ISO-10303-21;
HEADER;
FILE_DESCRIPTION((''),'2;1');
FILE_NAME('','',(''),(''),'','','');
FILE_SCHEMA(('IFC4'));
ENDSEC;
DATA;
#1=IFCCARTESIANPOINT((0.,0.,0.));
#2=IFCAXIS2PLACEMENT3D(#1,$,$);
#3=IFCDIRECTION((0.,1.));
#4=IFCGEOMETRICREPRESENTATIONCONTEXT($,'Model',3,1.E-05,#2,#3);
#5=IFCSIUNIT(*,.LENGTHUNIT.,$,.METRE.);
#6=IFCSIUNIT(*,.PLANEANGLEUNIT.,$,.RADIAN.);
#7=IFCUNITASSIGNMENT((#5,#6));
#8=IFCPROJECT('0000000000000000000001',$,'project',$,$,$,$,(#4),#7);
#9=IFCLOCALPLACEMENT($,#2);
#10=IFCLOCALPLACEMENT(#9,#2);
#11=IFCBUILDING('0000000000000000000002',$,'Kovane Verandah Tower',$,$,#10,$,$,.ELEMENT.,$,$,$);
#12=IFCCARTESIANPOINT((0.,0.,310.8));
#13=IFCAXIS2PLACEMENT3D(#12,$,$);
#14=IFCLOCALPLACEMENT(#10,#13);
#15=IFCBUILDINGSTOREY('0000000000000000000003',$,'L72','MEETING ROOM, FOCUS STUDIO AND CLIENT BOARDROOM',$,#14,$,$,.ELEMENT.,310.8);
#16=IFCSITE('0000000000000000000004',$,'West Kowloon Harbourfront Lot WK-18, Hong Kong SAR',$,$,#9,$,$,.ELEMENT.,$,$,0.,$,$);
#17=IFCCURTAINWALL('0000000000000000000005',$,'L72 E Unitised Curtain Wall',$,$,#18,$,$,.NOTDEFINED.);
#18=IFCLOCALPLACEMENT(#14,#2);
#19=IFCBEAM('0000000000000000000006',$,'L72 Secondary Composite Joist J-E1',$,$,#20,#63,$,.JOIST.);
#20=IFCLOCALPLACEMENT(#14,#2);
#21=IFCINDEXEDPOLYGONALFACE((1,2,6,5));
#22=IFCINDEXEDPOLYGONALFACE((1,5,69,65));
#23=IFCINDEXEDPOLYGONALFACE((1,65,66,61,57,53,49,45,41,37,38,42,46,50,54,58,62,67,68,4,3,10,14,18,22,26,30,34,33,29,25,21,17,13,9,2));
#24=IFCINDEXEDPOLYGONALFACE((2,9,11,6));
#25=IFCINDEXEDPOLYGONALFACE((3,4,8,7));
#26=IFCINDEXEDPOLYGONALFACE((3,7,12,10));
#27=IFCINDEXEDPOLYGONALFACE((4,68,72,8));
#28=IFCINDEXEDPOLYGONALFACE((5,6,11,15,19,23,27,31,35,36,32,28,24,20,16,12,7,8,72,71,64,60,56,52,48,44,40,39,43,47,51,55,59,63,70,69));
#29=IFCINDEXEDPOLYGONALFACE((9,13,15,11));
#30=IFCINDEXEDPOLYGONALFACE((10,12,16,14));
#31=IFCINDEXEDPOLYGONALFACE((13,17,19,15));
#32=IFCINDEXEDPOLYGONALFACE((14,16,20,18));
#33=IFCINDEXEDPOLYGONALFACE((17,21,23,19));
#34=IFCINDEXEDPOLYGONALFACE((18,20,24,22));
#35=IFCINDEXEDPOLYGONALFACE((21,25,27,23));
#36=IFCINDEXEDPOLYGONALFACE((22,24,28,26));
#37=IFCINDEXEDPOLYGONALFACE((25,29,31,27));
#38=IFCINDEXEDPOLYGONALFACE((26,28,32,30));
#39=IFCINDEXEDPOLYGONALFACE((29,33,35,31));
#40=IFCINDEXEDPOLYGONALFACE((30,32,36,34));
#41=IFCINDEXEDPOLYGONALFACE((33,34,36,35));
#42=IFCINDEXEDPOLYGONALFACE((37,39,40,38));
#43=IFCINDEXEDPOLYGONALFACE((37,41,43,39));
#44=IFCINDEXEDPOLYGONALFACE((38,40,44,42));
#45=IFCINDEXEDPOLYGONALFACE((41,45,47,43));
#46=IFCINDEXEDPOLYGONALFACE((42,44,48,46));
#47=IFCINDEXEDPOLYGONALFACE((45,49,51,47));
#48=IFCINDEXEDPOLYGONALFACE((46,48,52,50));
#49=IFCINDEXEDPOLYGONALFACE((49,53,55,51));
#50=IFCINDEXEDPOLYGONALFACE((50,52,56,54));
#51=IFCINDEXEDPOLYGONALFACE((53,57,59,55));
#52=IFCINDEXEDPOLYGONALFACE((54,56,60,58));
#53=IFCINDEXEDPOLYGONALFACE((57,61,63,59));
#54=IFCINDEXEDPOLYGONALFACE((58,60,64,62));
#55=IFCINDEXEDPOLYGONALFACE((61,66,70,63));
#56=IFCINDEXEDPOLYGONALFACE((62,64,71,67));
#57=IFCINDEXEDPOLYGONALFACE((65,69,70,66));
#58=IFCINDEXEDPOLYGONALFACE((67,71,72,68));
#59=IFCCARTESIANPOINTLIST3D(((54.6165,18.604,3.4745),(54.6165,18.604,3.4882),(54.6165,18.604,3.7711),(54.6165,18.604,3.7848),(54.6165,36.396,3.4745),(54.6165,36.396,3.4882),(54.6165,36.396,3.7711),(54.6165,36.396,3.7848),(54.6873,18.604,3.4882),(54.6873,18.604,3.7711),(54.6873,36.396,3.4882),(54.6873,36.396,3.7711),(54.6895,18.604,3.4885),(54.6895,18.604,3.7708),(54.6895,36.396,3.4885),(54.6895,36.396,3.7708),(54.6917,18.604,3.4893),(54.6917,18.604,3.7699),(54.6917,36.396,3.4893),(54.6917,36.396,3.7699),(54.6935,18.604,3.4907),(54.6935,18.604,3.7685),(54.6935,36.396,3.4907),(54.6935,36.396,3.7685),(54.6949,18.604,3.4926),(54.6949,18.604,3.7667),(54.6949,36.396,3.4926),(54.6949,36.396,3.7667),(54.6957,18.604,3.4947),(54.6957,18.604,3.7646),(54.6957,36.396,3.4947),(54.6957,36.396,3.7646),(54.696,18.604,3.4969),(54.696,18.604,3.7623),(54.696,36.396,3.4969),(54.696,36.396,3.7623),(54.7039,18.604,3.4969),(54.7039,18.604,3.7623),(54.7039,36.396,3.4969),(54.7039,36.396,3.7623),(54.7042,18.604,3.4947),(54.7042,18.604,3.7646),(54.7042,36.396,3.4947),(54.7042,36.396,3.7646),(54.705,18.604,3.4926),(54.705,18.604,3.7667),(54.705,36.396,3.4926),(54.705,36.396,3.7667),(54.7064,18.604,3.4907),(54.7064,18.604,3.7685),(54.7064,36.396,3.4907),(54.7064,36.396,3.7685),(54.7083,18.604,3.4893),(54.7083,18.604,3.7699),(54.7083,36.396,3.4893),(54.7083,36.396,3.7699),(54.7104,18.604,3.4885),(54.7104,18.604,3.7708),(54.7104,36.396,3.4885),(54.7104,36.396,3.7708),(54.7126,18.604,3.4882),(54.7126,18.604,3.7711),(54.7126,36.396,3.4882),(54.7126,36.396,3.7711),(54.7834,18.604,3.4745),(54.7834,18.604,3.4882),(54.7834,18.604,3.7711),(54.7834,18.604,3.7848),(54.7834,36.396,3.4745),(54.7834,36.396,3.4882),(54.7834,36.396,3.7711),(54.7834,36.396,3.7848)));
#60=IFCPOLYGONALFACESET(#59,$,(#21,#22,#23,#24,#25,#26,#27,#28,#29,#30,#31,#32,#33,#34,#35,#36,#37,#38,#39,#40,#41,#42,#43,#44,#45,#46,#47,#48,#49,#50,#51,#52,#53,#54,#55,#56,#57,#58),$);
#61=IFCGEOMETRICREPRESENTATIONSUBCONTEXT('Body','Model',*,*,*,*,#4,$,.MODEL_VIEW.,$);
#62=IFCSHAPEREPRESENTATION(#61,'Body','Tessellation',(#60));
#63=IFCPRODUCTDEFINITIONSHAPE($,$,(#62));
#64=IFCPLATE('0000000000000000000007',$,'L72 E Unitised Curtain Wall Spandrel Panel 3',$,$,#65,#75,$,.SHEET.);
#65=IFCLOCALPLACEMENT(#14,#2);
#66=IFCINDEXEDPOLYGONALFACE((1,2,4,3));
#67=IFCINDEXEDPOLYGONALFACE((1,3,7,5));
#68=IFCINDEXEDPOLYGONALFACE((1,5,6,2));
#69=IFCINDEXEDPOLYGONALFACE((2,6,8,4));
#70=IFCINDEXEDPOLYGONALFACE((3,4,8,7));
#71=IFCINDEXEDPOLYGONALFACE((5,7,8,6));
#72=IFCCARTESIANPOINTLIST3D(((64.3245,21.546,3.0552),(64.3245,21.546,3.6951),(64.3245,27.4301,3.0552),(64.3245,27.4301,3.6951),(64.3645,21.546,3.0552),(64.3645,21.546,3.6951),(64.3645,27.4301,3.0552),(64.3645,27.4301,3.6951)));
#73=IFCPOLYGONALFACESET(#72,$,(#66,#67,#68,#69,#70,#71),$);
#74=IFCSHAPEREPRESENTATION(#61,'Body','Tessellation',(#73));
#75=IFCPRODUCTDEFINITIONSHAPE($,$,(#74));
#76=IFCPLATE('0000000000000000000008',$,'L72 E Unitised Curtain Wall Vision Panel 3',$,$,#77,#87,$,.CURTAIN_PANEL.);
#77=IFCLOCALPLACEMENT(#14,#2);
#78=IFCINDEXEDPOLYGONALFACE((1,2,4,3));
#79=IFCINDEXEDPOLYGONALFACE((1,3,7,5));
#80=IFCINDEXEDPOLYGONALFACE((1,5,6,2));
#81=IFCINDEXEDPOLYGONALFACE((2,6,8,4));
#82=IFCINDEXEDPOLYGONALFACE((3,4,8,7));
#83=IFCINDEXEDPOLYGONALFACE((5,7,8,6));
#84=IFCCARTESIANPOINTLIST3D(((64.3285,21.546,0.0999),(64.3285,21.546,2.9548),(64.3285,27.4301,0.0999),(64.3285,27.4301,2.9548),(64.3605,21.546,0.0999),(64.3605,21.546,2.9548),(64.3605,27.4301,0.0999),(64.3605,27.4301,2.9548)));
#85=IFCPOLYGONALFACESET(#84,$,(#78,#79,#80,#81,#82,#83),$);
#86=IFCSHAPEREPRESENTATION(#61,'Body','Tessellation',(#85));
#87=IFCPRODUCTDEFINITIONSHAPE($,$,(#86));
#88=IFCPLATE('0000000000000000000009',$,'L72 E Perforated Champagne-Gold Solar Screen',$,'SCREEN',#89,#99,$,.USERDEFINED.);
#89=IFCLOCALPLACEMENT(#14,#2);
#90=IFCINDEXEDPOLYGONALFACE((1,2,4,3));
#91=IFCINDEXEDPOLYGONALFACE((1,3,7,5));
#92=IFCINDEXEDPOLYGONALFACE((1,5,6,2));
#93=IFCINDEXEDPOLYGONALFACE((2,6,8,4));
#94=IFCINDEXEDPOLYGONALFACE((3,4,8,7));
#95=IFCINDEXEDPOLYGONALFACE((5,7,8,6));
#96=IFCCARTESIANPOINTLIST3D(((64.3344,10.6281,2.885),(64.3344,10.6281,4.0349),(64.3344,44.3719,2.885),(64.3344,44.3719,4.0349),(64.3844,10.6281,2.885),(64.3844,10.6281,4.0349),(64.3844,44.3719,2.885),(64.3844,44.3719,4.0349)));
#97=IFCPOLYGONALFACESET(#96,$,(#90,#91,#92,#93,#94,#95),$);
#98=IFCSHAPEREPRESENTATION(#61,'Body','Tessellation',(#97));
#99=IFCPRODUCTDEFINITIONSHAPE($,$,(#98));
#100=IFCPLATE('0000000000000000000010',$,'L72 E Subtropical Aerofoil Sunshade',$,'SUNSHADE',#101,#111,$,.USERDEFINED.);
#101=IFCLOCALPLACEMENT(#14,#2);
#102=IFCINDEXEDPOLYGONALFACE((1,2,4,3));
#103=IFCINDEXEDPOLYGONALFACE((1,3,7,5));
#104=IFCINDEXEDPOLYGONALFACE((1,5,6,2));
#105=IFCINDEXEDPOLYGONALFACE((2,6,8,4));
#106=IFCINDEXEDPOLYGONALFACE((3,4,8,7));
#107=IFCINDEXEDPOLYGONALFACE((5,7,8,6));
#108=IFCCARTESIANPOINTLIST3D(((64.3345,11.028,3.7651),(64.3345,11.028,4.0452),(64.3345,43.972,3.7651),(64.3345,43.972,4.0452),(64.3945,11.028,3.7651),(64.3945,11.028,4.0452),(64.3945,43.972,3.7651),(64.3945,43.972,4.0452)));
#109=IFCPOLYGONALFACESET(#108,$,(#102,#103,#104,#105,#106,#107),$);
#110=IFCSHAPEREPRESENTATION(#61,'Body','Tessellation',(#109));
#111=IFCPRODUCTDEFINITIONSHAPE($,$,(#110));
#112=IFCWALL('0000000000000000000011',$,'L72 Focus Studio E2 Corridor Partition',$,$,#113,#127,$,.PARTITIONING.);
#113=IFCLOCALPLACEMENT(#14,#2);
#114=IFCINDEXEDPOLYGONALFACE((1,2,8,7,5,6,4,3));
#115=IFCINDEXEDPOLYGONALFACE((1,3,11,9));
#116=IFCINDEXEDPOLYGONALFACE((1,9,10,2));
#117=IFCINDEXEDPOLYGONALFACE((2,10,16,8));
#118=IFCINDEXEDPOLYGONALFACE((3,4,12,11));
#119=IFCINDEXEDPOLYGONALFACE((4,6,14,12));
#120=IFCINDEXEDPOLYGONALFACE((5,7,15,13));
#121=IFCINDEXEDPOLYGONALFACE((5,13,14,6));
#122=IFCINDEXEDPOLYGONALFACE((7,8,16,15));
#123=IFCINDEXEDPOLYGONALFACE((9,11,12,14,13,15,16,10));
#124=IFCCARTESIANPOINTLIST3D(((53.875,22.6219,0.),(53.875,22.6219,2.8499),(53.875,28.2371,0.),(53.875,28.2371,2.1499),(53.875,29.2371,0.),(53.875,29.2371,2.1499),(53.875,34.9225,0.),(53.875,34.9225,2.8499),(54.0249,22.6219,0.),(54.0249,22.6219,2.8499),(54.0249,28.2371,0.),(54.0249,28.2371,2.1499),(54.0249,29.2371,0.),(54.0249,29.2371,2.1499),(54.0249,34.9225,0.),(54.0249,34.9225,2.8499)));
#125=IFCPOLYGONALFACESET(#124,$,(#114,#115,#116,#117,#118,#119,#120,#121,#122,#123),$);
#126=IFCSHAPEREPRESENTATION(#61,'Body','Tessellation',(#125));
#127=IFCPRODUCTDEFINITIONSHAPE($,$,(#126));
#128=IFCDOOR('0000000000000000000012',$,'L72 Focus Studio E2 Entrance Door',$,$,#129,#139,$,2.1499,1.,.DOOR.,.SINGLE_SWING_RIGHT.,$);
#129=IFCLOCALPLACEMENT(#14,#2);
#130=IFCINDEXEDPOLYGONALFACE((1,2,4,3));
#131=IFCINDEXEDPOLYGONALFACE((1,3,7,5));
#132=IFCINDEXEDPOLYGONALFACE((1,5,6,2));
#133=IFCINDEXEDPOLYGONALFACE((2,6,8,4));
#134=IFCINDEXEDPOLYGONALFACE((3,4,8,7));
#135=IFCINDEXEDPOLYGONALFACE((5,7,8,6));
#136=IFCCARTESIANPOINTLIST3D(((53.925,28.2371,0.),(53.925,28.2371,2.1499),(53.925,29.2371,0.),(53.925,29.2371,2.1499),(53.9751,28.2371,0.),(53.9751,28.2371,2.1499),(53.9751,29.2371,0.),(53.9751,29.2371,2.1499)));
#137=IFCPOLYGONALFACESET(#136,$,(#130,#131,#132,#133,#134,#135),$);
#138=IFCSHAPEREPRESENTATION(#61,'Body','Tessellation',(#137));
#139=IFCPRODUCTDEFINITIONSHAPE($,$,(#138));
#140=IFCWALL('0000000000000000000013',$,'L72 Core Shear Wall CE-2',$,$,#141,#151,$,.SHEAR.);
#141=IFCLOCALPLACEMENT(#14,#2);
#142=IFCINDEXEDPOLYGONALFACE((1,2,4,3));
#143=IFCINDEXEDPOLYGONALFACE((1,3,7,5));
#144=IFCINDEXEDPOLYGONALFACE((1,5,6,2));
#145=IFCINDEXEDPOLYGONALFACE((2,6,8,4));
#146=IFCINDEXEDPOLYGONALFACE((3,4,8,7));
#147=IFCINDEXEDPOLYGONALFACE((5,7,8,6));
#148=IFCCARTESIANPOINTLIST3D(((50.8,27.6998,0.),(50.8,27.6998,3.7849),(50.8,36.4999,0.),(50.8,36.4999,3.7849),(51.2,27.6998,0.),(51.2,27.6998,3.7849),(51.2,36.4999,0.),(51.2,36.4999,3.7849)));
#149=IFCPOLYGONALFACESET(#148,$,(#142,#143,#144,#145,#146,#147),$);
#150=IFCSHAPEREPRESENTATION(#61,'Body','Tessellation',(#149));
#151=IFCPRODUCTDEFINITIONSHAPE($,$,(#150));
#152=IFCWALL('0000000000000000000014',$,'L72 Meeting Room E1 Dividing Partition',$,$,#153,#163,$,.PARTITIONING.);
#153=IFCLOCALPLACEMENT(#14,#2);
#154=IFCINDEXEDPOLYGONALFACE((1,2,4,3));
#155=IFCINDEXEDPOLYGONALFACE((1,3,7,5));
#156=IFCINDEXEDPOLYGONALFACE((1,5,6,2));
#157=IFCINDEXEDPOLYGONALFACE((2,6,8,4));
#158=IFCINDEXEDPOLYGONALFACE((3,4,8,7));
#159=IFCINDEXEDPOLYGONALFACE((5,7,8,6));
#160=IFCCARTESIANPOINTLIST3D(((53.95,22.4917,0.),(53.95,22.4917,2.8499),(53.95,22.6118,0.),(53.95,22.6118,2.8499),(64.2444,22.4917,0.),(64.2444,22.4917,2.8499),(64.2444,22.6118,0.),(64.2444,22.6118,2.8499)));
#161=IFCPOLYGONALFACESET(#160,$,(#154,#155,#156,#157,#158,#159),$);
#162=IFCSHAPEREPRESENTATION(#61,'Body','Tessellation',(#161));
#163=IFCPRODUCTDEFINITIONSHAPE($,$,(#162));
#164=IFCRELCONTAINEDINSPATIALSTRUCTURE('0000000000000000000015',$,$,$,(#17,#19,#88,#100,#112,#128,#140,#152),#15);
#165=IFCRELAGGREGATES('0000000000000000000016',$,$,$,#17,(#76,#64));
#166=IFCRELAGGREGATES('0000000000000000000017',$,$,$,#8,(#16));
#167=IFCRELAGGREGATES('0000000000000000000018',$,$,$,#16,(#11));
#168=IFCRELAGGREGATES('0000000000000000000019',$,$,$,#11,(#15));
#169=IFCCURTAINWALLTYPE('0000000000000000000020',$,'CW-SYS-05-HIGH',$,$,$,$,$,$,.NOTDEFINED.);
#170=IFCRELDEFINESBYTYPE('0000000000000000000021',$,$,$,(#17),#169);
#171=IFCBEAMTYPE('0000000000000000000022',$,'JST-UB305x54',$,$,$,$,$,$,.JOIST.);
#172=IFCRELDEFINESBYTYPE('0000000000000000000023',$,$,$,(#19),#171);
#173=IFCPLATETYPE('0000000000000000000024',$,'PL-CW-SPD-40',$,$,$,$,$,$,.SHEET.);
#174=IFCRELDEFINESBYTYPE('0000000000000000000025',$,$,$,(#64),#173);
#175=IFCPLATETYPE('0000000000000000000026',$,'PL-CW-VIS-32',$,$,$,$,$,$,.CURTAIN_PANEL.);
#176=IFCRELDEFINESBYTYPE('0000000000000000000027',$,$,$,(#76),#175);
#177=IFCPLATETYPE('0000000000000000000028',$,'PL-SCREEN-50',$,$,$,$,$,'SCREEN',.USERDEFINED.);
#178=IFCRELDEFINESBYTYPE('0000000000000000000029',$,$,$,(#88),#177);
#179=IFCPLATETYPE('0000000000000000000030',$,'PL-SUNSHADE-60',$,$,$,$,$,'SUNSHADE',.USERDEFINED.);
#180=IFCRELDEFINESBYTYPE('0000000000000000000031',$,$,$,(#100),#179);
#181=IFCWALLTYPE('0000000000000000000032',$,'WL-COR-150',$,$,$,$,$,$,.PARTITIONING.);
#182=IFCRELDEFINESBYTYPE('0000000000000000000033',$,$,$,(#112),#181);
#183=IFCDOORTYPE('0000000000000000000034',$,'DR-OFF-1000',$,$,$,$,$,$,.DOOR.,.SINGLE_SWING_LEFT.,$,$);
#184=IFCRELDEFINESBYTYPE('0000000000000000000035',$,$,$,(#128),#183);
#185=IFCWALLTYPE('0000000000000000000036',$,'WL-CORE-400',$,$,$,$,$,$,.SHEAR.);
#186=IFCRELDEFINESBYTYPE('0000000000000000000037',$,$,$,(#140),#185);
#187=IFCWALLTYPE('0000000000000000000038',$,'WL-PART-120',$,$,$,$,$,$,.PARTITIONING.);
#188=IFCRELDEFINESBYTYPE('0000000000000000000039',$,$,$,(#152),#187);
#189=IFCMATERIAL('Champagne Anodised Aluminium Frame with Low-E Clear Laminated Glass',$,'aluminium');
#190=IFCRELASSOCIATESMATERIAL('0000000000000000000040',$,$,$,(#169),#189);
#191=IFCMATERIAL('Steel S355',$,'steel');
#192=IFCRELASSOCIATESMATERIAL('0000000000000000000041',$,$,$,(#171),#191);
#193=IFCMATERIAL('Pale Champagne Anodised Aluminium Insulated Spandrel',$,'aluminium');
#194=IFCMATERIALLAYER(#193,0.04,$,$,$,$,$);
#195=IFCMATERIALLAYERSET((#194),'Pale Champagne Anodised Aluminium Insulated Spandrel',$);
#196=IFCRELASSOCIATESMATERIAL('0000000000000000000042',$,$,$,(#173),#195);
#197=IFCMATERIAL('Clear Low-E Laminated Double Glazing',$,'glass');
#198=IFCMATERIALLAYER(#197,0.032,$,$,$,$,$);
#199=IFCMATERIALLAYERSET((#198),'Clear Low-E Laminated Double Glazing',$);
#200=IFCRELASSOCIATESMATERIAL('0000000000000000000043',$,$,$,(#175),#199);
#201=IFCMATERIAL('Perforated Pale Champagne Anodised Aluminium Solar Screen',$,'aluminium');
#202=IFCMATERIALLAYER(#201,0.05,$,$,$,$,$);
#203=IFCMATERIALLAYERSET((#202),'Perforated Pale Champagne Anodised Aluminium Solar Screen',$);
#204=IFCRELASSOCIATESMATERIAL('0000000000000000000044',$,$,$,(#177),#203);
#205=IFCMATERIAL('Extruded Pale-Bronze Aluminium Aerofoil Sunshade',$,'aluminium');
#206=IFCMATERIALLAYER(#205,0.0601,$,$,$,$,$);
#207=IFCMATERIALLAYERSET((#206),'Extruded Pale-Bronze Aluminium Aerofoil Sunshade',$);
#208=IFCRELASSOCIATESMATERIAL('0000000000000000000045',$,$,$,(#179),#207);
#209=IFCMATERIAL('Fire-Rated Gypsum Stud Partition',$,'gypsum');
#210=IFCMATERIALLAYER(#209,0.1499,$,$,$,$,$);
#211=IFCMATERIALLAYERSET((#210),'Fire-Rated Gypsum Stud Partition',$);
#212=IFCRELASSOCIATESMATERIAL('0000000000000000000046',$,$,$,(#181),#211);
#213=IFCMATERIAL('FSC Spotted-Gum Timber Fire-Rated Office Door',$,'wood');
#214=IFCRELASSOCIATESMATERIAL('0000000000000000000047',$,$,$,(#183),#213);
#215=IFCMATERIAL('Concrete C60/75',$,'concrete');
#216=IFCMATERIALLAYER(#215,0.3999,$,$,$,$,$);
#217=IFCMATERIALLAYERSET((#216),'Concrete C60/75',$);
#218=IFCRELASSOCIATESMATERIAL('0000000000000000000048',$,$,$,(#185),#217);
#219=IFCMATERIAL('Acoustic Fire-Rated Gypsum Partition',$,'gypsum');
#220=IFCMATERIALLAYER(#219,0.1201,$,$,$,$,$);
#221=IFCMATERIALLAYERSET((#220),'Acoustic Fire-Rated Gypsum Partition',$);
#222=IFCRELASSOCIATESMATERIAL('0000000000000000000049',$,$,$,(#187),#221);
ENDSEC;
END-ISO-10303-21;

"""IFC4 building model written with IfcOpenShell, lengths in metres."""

from ifc_helpers import new_model, si_unit, direction, frame, frame_2d, origin, origin_2d, place, context, subcontext, project, spatial, rectangle, i_section, extrude, material, layer, layer_set, material_profile, profile_set, type_object, element, fill, aggregate, save


model = new_model("IFC4")

# Units and contexts
model_context = context("Model", 3, precision=1e-05, world=origin(), true_north=direction((0.0, 1.0)))
body_context = subcontext(model_context, "Body", "Model", "MODEL_VIEW")
ifc_project = project(units=[si_unit("LENGTHUNIT", "METRE"), si_unit("PLANEANGLEUNIT", "RADIAN")], contexts=[model_context])

# Site, building, storey
site_placement = place(None, origin())
site = spatial("IfcSite", under=ifc_project, at=site_placement, Name="West Kowloon Harbourfront Lot WK-18, Hong Kong SAR", CompositionType="ELEMENT", RefElevation=0.0)
building_placement = place(site_placement, origin())
building = spatial("IfcBuilding", under=site, at=building_placement, Name="Kovane Verandah Tower", CompositionType="ELEMENT")
storey_placement = place(building_placement, frame((0.0, 0.0, 310.8)))
storey = spatial("IfcBuildingStorey", under=building, at=storey_placement, Name="L72", Description="MEETING ROOM, FOCUS STUDIO AND CLIENT BOARDROOM", CompositionType="ELEMENT", Elevation=310.8)

# Shared definitions
ifc_material_1 = material(Name="Concrete C60/75", Category="concrete")

# Shared definitions
ifc_material_2 = material(Name="Steel S355", Category="steel")

# Curtain wall
ifc_material_3 = material(Name="Champagne Anodised Aluminium Frame with Low-E Clear Laminated Glass", Category="aluminium")
curtain_wall_type = type_object("IfcCurtainWallType", Name="CW-SYS-05-HIGH", PredefinedType="NOTDEFINED", material=ifc_material_3)
curtain_wall_placement = place(storey_placement, origin())
curtain_wall = element("IfcCurtainWall", 1, at=curtain_wall_placement, inside=storey, type_object=curtain_wall_type, Name="L72 E Unitised Curtain Wall", PredefinedType="NOTDEFINED")

# Beam
ifc_material_profile_1 = material_profile(ifc_material_2, i_section(OverallWidth=0.167, OverallDepth=0.3103, WebThickness=0.0078, FlangeThickness=0.0137, FilletRadius=0.0088, at=origin_2d()), Name="UB305x165x54")
ifc_profile_set_1 = profile_set([ifc_material_profile_1], Name="Steel S355")
beam_type_1 = type_object("IfcBeamType", Name="JST-UB305x54", PredefinedType="JOIST", material=ifc_profile_set_1)
beam_1_placement = place(storey_placement, frame((54.7, 18.604, 3.6296), z_axis=(0.0, 1.0, 0.0), x_axis=(-1.0, 0.0, 0.0)))
element("IfcBeam", 2, at=beam_1_placement, inside=storey, type_object=beam_type_1, Name="L72 Secondary Composite Joist J-E1", PredefinedType="JOIST", context=body_context, shape_type="SweptSolid", body=[
    extrude(i_section(OverallWidth=0.167, OverallDepth=0.3103, WebThickness=0.0078, FlangeThickness=0.0137, FilletRadius=0.0088, at=origin_2d()), origin(), (0.0, 0.0, 1.0), 17.792),
])

# Plates
ifc_material_4 = material(Name="Pale Champagne Anodised Aluminium Insulated Spandrel", Category="aluminium")
ifc_layer_1 = layer(ifc_material_4, 0.04)
ifc_layer_set_1 = layer_set([ifc_layer_1], Name="Pale Champagne Anodised Aluminium Insulated Spandrel")
plate_type_1 = type_object("IfcPlateType", Name="PL-CW-SPD-40", PredefinedType="SHEET", material=ifc_layer_set_1)
plate_1_placement = place(storey_placement, frame((64.3445, 24.488, 3.0552), z_axis=(0.0, 0.0, 1.0), x_axis=(0.0, 1.0, 0.0)))
plate_1 = element("IfcPlate", 3, at=plate_1_placement, type_object=plate_type_1, Name="L72 E Unitised Curtain Wall Spandrel Panel 3", PredefinedType="SHEET", context=body_context, shape_type="SweptSolid", body=[
    extrude(rectangle(XDim=5.884, YDim=0.04, at=origin_2d()), origin(), (0.0, 0.0, 1.0), 0.6399),
])
ifc_material_5 = material(Name="Clear Low-E Laminated Double Glazing", Category="glass")
ifc_layer_2 = layer(ifc_material_5, 0.032)
ifc_layer_set_2 = layer_set([ifc_layer_2], Name="Clear Low-E Laminated Double Glazing")
plate_type_2 = type_object("IfcPlateType", Name="PL-CW-VIS-32", PredefinedType="CURTAIN_PANEL", material=ifc_layer_set_2)
plate_2_placement = place(storey_placement, frame((64.3445, 24.488, 0.0999), z_axis=(0.0, 0.0, 1.0), x_axis=(0.0, 1.0, 0.0)))
plate_2 = element("IfcPlate", 4, at=plate_2_placement, type_object=plate_type_2, Name="L72 E Unitised Curtain Wall Vision Panel 3", PredefinedType="CURTAIN_PANEL", context=body_context, shape_type="SweptSolid", body=[
    extrude(rectangle(XDim=5.884, YDim=0.032, at=origin_2d()), origin(), (0.0, 0.0, 1.0), 2.855),
])
aggregate(curtain_wall, [plate_2, plate_1])

# Plates
ifc_material_6 = material(Name="Perforated Pale Champagne Anodised Aluminium Solar Screen", Category="aluminium")
ifc_layer_3 = layer(ifc_material_6, 0.05)
ifc_layer_set_3 = layer_set([ifc_layer_3], Name="Perforated Pale Champagne Anodised Aluminium Solar Screen")
plate_type_3 = type_object("IfcPlateType", Name="PL-SCREEN-50", ElementType="SCREEN", PredefinedType="USERDEFINED", material=ifc_layer_set_3)
plate_3_placement = place(storey_placement, frame((64.3594, 27.5, 2.885), z_axis=(0.0, 0.0, 1.0), x_axis=(0.0, 1.0, 0.0)))
element("IfcPlate", 5, at=plate_3_placement, inside=storey, type_object=plate_type_3, Name="L72 E Perforated Champagne-Gold Solar Screen", ObjectType="SCREEN", PredefinedType="USERDEFINED", context=body_context, shape_type="SweptSolid", body=[
    extrude(rectangle(XDim=33.7439, YDim=0.05, at=origin_2d()), origin(), (0.0, 0.0, 1.0), 1.1499),
])
ifc_material_7 = material(Name="Extruded Pale-Bronze Aluminium Aerofoil Sunshade", Category="aluminium")
ifc_layer_4 = layer(ifc_material_7, 0.0601)
ifc_layer_set_4 = layer_set([ifc_layer_4], Name="Extruded Pale-Bronze Aluminium Aerofoil Sunshade")
plate_type_4 = type_object("IfcPlateType", Name="PL-SUNSHADE-60", ElementType="SUNSHADE", PredefinedType="USERDEFINED", material=ifc_layer_set_4)
plate_4_placement = place(storey_placement, frame((64.3645, 27.5, 3.7651), z_axis=(0.0, 0.0, 1.0), x_axis=(0.0, 1.0, 0.0)))
element("IfcPlate", 6, at=plate_4_placement, inside=storey, type_object=plate_type_4, Name="L72 E Subtropical Aerofoil Sunshade", ObjectType="SUNSHADE", PredefinedType="USERDEFINED", context=body_context, shape_type="SweptSolid", body=[
    extrude(rectangle(XDim=32.9441, YDim=0.0601, at=origin_2d()), origin(), (0.0, 0.0, 1.0), 0.28),
])

# Wall, opening, door
ifc_material_8 = material(Name="Fire-Rated Gypsum Stud Partition", Category="gypsum")
ifc_layer_5 = layer(ifc_material_8, 0.1499)
ifc_layer_set_5 = layer_set([ifc_layer_5], Name="Fire-Rated Gypsum Stud Partition")
wall_type_1 = type_object("IfcWallType", Name="WL-COR-150", PredefinedType="PARTITIONING", material=ifc_layer_set_5)
wall_1_placement = place(storey_placement, frame((53.95, 22.6218, 0.0), z_axis=(0.0, 0.0, 1.0), x_axis=(0.0, 1.0, 0.0)))
wall_1 = element("IfcWall", 7, at=wall_1_placement, inside=storey, type_object=wall_type_1, Name="L72 Focus Studio E2 Corridor Partition", PredefinedType="PARTITIONING", context=body_context, shape_type="SweptSolid", body=[
    extrude(rectangle(XDim=12.3005, YDim=0.1499, at=frame_2d((6.1504, 0.0))), origin(), (0.0, 0.0, 1.0), 2.8499),
])
opening_placement = place(wall_1_placement, frame((5.6152, 0.0, 0.0)))
opening = element("IfcOpeningElement", 8, at=opening_placement, cuts=wall_1, PredefinedType="OPENING", context=body_context, shape_type="SweptSolid", body=[
    extrude(rectangle(XDim=1.0, YDim=2.1499, at=frame_2d((0.5, 1.075))), frame((0.0, 0.075, 0.0), z_axis=(0.0, -1.0, 0.0), x_axis=(1.0, 0.0, 0.0)), (0.0, 0.0, 1.0), 0.1499),
])
ifc_material_9 = material(Name="FSC Spotted-Gum Timber Fire-Rated Office Door", Category="wood")
door_type = type_object("IfcDoorType", Name="DR-OFF-1000", OperationType="SINGLE_SWING_LEFT", PredefinedType="DOOR", material=ifc_material_9)
door_placement = place(opening_placement, origin())
door = element("IfcDoor", 9, at=door_placement, inside=storey, type_object=door_type, Name="L72 Focus Studio E2 Entrance Door", OperationType="SINGLE_SWING_RIGHT", OverallHeight=2.1499, OverallWidth=1.0, PredefinedType="DOOR", context=body_context, shape_type="SweptSolid", body=[
    extrude(rectangle(XDim=1.0, YDim=2.1499, at=frame_2d((0.5, 1.075))), frame((0.0, 0.0249, 0.0), z_axis=(0.0, -1.0, 0.0), x_axis=(1.0, 0.0, 0.0)), (0.0, 0.0, 1.0), 0.05),
])
fill(opening, door)

# Walls
ifc_layer_6 = layer(ifc_material_1, 0.3999)
ifc_layer_set_6 = layer_set([ifc_layer_6], Name="Concrete C60/75")
wall_type_2 = type_object("IfcWallType", Name="WL-CORE-400", PredefinedType="SHEAR", material=ifc_layer_set_6)
wall_2_placement = place(storey_placement, frame((51.0, 27.7, 0.0), z_axis=(0.0, 0.0, 1.0), x_axis=(0.0, 1.0, 0.0)))
element("IfcWall", 10, at=wall_2_placement, inside=storey, type_object=wall_type_2, Name="L72 Core Shear Wall CE-2", PredefinedType="SHEAR", context=body_context, shape_type="SweptSolid", body=[
    extrude(rectangle(XDim=8.8, YDim=0.3999, at=frame_2d((4.3999, 0.0))), origin(), (0.0, 0.0, 1.0), 3.7849),
])
ifc_material_10 = material(Name="Acoustic Fire-Rated Gypsum Partition", Category="gypsum")
ifc_layer_7 = layer(ifc_material_10, 0.1201)
ifc_layer_set_7 = layer_set([ifc_layer_7], Name="Acoustic Fire-Rated Gypsum Partition")
wall_type_3 = type_object("IfcWallType", Name="WL-PART-120", PredefinedType="PARTITIONING", material=ifc_layer_set_7)
wall_3_placement = place(storey_placement, frame((53.95, 22.5518, 0.0), z_axis=(0.0, 0.0, 1.0), x_axis=(1.0, 0.0, 0.0)))
element("IfcWall", 11, at=wall_3_placement, inside=storey, type_object=wall_type_3, Name="L72 Meeting Room E1 Dividing Partition", PredefinedType="PARTITIONING", context=body_context, shape_type="SweptSolid", body=[
    extrude(rectangle(XDim=10.2944, YDim=0.1201, at=frame_2d((5.1472, 0.0))), origin(), (0.0, 0.0, 1.0), 2.8499),
])

save(model, "model.ifc")
